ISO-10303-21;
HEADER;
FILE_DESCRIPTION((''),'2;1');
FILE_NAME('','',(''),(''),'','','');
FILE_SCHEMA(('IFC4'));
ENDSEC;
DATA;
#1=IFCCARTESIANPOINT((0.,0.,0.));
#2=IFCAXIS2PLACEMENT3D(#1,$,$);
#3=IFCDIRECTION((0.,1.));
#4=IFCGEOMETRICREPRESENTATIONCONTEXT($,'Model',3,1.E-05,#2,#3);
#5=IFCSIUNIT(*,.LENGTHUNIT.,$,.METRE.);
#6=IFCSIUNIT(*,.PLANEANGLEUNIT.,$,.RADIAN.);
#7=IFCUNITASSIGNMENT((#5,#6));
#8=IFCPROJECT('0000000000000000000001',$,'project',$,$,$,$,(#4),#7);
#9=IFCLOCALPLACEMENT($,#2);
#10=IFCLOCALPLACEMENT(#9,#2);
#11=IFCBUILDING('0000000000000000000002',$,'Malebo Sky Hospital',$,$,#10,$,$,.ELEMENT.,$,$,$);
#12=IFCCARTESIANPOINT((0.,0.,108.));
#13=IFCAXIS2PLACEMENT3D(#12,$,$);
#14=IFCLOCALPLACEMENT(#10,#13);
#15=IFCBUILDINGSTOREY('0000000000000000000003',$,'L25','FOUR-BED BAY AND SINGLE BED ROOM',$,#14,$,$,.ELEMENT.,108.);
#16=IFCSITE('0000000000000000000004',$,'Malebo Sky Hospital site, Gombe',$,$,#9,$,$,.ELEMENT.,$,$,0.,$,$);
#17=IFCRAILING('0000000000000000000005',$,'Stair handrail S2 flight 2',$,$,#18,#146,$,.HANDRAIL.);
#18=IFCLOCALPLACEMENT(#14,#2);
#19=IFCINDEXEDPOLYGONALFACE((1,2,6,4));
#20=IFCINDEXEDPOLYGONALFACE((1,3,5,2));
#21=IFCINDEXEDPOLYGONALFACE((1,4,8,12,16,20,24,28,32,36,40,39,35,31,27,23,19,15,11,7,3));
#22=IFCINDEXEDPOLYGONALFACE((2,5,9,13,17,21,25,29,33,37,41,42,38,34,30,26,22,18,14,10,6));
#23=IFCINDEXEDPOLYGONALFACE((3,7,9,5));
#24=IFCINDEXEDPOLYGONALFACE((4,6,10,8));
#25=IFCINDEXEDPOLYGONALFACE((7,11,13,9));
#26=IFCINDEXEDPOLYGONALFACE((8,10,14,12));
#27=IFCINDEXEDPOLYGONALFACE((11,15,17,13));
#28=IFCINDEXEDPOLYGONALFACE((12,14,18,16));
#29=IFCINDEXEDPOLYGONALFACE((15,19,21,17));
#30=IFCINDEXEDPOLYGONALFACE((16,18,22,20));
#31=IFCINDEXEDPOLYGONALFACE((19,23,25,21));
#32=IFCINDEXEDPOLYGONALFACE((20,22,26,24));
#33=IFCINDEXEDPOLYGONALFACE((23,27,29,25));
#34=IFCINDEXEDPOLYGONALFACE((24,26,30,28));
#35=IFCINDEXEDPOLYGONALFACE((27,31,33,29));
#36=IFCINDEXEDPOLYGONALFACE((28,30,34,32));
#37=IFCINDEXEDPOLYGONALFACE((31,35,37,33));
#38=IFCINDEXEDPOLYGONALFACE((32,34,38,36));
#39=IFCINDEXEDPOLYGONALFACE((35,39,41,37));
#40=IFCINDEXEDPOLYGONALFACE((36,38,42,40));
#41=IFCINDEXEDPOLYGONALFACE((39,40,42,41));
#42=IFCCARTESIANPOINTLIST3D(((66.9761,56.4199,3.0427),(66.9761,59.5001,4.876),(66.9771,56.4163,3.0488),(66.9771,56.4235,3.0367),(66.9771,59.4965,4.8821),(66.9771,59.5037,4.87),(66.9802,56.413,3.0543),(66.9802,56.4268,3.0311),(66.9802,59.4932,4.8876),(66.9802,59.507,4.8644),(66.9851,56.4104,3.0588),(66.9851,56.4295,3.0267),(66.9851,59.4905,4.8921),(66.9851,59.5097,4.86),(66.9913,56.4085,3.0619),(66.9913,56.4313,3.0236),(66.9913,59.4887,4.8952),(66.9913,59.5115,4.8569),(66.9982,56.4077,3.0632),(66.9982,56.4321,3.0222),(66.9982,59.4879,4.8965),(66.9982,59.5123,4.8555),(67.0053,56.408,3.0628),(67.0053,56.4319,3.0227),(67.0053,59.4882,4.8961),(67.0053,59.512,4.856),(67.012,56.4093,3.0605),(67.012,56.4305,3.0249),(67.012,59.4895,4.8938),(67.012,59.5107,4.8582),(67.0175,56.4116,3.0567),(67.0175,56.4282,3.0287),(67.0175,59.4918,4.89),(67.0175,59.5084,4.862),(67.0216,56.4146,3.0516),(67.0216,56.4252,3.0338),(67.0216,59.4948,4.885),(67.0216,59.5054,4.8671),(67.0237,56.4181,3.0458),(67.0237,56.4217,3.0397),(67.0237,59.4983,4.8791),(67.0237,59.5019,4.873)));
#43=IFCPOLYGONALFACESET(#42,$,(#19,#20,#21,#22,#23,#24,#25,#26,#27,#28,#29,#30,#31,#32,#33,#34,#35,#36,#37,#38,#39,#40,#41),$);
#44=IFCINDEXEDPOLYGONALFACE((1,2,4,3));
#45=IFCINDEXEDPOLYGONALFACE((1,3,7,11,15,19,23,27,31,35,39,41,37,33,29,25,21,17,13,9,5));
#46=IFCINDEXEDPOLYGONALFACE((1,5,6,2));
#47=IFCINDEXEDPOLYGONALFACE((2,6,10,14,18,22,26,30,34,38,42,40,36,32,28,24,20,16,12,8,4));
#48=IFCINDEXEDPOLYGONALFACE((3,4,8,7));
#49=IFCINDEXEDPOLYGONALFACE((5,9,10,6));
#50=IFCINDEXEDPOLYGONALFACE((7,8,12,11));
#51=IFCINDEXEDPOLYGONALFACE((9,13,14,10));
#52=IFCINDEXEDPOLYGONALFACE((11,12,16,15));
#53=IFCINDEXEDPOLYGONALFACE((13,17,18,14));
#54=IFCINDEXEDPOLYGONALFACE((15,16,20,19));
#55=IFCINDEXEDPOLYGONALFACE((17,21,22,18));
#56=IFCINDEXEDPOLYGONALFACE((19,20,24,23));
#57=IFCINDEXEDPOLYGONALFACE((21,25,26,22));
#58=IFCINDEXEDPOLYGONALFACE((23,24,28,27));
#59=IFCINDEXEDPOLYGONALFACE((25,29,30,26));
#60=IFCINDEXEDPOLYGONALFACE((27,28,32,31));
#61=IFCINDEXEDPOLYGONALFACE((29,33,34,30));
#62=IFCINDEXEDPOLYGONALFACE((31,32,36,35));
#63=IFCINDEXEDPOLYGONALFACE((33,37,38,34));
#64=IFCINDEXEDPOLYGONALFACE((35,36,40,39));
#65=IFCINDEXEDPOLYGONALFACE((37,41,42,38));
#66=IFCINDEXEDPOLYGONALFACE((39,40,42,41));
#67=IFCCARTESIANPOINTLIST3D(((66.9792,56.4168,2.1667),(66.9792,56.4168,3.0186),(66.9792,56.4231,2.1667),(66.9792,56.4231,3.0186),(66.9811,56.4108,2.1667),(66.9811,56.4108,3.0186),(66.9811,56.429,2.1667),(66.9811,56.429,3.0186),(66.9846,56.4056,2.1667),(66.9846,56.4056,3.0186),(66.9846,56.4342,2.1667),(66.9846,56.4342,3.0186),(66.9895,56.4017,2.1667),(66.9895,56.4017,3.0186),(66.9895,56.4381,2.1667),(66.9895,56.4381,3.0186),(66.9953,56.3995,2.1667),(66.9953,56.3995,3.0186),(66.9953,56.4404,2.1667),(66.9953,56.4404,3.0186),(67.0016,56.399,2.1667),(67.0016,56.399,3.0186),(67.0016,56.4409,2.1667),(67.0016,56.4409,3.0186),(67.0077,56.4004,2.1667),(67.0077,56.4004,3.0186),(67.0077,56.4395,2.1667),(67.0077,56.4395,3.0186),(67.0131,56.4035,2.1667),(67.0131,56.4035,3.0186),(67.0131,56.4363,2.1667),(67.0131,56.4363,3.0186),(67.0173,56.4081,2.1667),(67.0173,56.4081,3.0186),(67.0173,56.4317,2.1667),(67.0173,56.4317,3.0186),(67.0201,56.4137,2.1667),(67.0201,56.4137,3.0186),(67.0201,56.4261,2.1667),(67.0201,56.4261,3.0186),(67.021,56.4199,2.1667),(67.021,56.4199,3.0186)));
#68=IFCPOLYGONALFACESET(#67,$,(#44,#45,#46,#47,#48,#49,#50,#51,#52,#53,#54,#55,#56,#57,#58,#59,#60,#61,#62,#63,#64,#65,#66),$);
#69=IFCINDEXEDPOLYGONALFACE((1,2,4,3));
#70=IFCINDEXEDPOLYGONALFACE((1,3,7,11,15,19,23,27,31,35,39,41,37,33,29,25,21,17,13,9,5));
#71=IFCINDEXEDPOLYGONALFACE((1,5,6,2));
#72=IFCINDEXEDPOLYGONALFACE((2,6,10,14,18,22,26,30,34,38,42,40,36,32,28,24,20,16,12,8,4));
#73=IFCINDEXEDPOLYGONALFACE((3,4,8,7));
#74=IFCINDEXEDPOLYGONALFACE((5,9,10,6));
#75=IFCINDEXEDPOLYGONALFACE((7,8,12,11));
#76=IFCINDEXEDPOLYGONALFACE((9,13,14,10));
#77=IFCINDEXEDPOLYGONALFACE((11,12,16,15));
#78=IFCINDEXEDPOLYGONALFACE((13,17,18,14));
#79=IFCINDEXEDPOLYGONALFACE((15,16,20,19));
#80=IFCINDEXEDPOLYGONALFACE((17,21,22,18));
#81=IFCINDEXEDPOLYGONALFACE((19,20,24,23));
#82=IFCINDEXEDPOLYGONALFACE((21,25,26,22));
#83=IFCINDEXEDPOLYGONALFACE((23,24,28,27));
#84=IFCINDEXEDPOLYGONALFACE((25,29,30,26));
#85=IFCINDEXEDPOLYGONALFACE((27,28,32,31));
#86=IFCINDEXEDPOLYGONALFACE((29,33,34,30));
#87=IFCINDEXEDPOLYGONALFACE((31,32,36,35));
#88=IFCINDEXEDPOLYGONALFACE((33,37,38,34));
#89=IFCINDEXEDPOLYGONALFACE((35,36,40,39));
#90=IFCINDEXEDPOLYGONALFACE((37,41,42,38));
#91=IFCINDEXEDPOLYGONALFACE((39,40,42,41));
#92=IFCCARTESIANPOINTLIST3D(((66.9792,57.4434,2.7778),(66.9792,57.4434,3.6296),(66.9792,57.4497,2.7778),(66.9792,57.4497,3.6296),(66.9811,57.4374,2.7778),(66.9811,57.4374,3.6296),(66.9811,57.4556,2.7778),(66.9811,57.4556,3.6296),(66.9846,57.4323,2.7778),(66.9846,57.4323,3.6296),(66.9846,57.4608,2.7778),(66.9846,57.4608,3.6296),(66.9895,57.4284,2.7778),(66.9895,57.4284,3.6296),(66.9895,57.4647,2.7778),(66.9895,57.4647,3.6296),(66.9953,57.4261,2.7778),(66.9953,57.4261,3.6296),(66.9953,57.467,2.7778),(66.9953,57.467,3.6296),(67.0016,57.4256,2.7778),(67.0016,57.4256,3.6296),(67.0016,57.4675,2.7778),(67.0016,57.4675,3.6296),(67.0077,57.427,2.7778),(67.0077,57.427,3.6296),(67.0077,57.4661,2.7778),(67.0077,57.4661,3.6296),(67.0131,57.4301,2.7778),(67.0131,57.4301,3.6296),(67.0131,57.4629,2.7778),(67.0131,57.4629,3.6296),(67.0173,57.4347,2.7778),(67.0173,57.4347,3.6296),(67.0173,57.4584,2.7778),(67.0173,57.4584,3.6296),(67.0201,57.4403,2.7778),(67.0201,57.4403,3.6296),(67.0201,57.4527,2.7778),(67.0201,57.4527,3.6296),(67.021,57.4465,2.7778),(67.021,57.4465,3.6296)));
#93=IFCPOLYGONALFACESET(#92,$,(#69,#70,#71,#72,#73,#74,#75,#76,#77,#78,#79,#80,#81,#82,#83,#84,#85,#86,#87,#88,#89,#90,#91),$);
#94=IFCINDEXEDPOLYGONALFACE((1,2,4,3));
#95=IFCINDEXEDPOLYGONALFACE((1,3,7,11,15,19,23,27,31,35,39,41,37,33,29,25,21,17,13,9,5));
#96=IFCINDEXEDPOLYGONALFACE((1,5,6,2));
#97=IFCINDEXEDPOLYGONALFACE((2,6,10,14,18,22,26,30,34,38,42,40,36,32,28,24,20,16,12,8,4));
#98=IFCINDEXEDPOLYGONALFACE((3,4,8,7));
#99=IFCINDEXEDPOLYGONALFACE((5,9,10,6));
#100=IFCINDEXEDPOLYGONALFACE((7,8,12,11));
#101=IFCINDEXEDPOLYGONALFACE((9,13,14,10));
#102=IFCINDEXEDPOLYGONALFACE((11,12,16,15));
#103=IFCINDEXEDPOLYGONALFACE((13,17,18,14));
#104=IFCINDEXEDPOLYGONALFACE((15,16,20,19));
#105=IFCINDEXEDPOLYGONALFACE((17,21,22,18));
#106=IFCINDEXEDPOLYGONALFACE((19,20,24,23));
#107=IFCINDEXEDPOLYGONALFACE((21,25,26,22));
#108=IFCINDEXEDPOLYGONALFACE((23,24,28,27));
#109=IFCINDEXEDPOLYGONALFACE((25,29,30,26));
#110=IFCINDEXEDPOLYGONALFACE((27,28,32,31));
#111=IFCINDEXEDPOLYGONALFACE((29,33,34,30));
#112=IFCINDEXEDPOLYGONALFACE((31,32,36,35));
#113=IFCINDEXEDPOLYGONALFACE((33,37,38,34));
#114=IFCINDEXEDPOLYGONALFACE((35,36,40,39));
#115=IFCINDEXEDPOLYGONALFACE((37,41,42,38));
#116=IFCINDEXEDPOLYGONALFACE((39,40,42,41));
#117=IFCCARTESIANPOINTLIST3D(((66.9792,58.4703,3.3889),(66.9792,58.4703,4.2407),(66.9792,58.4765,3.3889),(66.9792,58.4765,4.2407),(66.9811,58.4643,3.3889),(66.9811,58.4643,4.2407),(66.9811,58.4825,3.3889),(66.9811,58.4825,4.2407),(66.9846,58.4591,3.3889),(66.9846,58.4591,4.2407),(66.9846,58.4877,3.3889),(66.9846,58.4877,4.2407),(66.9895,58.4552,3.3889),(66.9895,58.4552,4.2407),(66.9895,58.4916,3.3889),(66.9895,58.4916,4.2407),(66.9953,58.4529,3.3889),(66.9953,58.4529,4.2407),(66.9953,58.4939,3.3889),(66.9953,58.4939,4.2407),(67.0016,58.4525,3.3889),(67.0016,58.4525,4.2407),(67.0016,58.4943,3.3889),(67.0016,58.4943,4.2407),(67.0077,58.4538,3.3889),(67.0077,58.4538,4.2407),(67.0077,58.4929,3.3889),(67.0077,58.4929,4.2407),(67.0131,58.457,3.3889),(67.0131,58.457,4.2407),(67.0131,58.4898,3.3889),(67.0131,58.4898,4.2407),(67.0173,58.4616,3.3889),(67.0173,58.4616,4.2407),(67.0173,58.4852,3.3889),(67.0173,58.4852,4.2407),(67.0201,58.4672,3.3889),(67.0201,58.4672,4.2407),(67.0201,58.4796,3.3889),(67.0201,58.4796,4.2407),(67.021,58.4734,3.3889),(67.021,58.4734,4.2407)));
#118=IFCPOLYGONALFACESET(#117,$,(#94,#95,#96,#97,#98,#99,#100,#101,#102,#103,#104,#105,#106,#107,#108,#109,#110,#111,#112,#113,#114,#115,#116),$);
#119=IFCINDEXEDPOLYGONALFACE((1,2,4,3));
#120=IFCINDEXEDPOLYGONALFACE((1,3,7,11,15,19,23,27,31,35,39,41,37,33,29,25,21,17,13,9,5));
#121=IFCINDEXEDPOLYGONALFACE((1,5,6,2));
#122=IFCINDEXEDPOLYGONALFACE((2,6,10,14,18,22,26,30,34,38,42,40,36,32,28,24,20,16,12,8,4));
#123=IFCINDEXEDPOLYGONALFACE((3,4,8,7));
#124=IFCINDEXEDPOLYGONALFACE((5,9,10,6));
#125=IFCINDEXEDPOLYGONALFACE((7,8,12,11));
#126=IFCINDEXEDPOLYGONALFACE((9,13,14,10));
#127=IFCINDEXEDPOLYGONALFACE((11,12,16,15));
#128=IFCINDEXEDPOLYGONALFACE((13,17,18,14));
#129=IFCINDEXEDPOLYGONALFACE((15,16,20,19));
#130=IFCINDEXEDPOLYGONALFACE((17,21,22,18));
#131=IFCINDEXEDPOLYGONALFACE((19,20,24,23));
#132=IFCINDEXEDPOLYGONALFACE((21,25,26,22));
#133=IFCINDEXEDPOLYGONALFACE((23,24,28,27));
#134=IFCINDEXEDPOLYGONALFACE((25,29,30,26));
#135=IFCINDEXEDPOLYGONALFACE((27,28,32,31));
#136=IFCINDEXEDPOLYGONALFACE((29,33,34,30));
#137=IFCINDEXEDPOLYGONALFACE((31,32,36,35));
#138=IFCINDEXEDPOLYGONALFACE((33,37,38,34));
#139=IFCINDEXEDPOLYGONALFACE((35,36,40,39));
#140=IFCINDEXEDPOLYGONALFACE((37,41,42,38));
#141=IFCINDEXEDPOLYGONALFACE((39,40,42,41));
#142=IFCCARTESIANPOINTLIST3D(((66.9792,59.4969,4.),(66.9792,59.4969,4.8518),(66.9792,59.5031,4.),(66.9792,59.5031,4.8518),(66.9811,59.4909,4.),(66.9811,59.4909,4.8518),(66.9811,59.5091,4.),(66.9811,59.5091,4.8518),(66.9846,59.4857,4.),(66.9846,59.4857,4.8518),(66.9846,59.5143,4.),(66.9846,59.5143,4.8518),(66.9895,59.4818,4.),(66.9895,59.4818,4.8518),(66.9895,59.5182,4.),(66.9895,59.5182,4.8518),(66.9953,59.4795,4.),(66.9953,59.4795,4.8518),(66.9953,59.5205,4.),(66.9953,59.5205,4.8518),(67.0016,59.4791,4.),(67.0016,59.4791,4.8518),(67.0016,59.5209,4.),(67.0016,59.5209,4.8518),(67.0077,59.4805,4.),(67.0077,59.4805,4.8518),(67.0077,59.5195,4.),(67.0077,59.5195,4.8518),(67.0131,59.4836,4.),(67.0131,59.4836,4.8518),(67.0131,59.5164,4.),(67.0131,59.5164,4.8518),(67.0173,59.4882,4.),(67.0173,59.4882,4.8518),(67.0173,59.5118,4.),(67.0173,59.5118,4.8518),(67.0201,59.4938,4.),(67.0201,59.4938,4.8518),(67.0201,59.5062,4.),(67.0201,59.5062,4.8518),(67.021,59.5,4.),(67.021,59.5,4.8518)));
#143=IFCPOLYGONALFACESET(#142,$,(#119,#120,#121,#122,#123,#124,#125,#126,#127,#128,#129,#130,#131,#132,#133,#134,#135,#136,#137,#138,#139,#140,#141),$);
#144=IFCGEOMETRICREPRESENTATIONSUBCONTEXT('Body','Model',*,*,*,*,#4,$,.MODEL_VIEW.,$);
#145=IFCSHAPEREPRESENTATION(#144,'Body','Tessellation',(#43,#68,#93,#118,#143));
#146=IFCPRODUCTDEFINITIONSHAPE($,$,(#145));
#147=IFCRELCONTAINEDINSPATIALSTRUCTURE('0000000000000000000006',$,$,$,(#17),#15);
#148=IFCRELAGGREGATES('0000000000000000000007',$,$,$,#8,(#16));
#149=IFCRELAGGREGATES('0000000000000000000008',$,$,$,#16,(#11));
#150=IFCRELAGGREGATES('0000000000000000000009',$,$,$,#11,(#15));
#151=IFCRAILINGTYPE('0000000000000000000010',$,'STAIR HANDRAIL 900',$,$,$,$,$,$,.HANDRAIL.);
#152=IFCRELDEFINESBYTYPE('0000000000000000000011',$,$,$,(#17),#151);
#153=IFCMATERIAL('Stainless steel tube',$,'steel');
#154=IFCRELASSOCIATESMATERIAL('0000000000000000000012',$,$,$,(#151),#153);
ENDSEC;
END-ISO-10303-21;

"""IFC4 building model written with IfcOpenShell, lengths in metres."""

from ifc_helpers import new_model, si_unit, direction, frame, origin, origin_2d, place, context, subcontext, project, spatial, circle, extrude, material, type_object, element, save


model = new_model("IFC4")

# Units and contexts
model_context = context("Model", 3, precision=1e-05, world=origin(), true_north=direction((0.0, 1.0)))
body_context = subcontext(model_context, "Body", "Model", "MODEL_VIEW")
ifc_project = project(units=[si_unit("LENGTHUNIT", "METRE"), si_unit("PLANEANGLEUNIT", "RADIAN")], contexts=[model_context])

# Site, building, storey
site_placement = place(None, origin())
site = spatial("IfcSite", under=ifc_project, at=site_placement, Name="Malebo Sky Hospital site, Gombe", CompositionType="ELEMENT", RefElevation=0.0)
building_placement = place(site_placement, origin())
building = spatial("IfcBuilding", under=site, at=building_placement, Name="Malebo Sky Hospital", CompositionType="ELEMENT")
storey_placement = place(building_placement, frame((0.0, 0.0, 108.0)))
storey = spatial("IfcBuildingStorey", under=building, at=storey_placement, Name="L25", Description="FOUR-BED BAY AND SINGLE BED ROOM", CompositionType="ELEMENT", Elevation=108.0)

# Railing
ifc_material_1 = material(Name="Stainless steel tube", Category="steel")
railing_type = type_object("IfcRailingType", Name="STAIR HANDRAIL 900", PredefinedType="HANDRAIL", material=ifc_material_1)
railing_1_placement = place(storey_placement, frame((67.0, 56.4199, 2.1667)))
element("IfcRailing", 1, at=railing_1_placement, inside=storey, type_object=railing_type, Name="Stair handrail S2 flight 2", PredefinedType="HANDRAIL", context=body_context, shape_type="SweptSolid", body=[
    extrude(circle(Radius=0.0239, at=origin_2d()), frame((0.0, 0.0, 0.876), z_axis=(0.0, 0.859309, 0.511458), x_axis=(-1.0, 0.0, 0.0)), (0.0, 0.0, 1.0), 3.5845),
    extrude(circle(Radius=0.021, at=origin_2d()), origin(), (0.0, 0.0, 1.0), 0.8518),
    extrude(circle(Radius=0.021, at=origin_2d()), frame((0.0, 1.0266, 0.6111)), (0.0, 0.0, 1.0), 0.8518),
    extrude(circle(Radius=0.021, at=origin_2d()), frame((0.0, 2.0535, 1.2222)), (0.0, 0.0, 1.0), 0.8518),
    extrude(circle(Radius=0.021, at=origin_2d()), frame((0.0, 3.0801, 1.8333)), (0.0, 0.0, 1.0), 0.8518),
])

save(model, "model.ifc")
